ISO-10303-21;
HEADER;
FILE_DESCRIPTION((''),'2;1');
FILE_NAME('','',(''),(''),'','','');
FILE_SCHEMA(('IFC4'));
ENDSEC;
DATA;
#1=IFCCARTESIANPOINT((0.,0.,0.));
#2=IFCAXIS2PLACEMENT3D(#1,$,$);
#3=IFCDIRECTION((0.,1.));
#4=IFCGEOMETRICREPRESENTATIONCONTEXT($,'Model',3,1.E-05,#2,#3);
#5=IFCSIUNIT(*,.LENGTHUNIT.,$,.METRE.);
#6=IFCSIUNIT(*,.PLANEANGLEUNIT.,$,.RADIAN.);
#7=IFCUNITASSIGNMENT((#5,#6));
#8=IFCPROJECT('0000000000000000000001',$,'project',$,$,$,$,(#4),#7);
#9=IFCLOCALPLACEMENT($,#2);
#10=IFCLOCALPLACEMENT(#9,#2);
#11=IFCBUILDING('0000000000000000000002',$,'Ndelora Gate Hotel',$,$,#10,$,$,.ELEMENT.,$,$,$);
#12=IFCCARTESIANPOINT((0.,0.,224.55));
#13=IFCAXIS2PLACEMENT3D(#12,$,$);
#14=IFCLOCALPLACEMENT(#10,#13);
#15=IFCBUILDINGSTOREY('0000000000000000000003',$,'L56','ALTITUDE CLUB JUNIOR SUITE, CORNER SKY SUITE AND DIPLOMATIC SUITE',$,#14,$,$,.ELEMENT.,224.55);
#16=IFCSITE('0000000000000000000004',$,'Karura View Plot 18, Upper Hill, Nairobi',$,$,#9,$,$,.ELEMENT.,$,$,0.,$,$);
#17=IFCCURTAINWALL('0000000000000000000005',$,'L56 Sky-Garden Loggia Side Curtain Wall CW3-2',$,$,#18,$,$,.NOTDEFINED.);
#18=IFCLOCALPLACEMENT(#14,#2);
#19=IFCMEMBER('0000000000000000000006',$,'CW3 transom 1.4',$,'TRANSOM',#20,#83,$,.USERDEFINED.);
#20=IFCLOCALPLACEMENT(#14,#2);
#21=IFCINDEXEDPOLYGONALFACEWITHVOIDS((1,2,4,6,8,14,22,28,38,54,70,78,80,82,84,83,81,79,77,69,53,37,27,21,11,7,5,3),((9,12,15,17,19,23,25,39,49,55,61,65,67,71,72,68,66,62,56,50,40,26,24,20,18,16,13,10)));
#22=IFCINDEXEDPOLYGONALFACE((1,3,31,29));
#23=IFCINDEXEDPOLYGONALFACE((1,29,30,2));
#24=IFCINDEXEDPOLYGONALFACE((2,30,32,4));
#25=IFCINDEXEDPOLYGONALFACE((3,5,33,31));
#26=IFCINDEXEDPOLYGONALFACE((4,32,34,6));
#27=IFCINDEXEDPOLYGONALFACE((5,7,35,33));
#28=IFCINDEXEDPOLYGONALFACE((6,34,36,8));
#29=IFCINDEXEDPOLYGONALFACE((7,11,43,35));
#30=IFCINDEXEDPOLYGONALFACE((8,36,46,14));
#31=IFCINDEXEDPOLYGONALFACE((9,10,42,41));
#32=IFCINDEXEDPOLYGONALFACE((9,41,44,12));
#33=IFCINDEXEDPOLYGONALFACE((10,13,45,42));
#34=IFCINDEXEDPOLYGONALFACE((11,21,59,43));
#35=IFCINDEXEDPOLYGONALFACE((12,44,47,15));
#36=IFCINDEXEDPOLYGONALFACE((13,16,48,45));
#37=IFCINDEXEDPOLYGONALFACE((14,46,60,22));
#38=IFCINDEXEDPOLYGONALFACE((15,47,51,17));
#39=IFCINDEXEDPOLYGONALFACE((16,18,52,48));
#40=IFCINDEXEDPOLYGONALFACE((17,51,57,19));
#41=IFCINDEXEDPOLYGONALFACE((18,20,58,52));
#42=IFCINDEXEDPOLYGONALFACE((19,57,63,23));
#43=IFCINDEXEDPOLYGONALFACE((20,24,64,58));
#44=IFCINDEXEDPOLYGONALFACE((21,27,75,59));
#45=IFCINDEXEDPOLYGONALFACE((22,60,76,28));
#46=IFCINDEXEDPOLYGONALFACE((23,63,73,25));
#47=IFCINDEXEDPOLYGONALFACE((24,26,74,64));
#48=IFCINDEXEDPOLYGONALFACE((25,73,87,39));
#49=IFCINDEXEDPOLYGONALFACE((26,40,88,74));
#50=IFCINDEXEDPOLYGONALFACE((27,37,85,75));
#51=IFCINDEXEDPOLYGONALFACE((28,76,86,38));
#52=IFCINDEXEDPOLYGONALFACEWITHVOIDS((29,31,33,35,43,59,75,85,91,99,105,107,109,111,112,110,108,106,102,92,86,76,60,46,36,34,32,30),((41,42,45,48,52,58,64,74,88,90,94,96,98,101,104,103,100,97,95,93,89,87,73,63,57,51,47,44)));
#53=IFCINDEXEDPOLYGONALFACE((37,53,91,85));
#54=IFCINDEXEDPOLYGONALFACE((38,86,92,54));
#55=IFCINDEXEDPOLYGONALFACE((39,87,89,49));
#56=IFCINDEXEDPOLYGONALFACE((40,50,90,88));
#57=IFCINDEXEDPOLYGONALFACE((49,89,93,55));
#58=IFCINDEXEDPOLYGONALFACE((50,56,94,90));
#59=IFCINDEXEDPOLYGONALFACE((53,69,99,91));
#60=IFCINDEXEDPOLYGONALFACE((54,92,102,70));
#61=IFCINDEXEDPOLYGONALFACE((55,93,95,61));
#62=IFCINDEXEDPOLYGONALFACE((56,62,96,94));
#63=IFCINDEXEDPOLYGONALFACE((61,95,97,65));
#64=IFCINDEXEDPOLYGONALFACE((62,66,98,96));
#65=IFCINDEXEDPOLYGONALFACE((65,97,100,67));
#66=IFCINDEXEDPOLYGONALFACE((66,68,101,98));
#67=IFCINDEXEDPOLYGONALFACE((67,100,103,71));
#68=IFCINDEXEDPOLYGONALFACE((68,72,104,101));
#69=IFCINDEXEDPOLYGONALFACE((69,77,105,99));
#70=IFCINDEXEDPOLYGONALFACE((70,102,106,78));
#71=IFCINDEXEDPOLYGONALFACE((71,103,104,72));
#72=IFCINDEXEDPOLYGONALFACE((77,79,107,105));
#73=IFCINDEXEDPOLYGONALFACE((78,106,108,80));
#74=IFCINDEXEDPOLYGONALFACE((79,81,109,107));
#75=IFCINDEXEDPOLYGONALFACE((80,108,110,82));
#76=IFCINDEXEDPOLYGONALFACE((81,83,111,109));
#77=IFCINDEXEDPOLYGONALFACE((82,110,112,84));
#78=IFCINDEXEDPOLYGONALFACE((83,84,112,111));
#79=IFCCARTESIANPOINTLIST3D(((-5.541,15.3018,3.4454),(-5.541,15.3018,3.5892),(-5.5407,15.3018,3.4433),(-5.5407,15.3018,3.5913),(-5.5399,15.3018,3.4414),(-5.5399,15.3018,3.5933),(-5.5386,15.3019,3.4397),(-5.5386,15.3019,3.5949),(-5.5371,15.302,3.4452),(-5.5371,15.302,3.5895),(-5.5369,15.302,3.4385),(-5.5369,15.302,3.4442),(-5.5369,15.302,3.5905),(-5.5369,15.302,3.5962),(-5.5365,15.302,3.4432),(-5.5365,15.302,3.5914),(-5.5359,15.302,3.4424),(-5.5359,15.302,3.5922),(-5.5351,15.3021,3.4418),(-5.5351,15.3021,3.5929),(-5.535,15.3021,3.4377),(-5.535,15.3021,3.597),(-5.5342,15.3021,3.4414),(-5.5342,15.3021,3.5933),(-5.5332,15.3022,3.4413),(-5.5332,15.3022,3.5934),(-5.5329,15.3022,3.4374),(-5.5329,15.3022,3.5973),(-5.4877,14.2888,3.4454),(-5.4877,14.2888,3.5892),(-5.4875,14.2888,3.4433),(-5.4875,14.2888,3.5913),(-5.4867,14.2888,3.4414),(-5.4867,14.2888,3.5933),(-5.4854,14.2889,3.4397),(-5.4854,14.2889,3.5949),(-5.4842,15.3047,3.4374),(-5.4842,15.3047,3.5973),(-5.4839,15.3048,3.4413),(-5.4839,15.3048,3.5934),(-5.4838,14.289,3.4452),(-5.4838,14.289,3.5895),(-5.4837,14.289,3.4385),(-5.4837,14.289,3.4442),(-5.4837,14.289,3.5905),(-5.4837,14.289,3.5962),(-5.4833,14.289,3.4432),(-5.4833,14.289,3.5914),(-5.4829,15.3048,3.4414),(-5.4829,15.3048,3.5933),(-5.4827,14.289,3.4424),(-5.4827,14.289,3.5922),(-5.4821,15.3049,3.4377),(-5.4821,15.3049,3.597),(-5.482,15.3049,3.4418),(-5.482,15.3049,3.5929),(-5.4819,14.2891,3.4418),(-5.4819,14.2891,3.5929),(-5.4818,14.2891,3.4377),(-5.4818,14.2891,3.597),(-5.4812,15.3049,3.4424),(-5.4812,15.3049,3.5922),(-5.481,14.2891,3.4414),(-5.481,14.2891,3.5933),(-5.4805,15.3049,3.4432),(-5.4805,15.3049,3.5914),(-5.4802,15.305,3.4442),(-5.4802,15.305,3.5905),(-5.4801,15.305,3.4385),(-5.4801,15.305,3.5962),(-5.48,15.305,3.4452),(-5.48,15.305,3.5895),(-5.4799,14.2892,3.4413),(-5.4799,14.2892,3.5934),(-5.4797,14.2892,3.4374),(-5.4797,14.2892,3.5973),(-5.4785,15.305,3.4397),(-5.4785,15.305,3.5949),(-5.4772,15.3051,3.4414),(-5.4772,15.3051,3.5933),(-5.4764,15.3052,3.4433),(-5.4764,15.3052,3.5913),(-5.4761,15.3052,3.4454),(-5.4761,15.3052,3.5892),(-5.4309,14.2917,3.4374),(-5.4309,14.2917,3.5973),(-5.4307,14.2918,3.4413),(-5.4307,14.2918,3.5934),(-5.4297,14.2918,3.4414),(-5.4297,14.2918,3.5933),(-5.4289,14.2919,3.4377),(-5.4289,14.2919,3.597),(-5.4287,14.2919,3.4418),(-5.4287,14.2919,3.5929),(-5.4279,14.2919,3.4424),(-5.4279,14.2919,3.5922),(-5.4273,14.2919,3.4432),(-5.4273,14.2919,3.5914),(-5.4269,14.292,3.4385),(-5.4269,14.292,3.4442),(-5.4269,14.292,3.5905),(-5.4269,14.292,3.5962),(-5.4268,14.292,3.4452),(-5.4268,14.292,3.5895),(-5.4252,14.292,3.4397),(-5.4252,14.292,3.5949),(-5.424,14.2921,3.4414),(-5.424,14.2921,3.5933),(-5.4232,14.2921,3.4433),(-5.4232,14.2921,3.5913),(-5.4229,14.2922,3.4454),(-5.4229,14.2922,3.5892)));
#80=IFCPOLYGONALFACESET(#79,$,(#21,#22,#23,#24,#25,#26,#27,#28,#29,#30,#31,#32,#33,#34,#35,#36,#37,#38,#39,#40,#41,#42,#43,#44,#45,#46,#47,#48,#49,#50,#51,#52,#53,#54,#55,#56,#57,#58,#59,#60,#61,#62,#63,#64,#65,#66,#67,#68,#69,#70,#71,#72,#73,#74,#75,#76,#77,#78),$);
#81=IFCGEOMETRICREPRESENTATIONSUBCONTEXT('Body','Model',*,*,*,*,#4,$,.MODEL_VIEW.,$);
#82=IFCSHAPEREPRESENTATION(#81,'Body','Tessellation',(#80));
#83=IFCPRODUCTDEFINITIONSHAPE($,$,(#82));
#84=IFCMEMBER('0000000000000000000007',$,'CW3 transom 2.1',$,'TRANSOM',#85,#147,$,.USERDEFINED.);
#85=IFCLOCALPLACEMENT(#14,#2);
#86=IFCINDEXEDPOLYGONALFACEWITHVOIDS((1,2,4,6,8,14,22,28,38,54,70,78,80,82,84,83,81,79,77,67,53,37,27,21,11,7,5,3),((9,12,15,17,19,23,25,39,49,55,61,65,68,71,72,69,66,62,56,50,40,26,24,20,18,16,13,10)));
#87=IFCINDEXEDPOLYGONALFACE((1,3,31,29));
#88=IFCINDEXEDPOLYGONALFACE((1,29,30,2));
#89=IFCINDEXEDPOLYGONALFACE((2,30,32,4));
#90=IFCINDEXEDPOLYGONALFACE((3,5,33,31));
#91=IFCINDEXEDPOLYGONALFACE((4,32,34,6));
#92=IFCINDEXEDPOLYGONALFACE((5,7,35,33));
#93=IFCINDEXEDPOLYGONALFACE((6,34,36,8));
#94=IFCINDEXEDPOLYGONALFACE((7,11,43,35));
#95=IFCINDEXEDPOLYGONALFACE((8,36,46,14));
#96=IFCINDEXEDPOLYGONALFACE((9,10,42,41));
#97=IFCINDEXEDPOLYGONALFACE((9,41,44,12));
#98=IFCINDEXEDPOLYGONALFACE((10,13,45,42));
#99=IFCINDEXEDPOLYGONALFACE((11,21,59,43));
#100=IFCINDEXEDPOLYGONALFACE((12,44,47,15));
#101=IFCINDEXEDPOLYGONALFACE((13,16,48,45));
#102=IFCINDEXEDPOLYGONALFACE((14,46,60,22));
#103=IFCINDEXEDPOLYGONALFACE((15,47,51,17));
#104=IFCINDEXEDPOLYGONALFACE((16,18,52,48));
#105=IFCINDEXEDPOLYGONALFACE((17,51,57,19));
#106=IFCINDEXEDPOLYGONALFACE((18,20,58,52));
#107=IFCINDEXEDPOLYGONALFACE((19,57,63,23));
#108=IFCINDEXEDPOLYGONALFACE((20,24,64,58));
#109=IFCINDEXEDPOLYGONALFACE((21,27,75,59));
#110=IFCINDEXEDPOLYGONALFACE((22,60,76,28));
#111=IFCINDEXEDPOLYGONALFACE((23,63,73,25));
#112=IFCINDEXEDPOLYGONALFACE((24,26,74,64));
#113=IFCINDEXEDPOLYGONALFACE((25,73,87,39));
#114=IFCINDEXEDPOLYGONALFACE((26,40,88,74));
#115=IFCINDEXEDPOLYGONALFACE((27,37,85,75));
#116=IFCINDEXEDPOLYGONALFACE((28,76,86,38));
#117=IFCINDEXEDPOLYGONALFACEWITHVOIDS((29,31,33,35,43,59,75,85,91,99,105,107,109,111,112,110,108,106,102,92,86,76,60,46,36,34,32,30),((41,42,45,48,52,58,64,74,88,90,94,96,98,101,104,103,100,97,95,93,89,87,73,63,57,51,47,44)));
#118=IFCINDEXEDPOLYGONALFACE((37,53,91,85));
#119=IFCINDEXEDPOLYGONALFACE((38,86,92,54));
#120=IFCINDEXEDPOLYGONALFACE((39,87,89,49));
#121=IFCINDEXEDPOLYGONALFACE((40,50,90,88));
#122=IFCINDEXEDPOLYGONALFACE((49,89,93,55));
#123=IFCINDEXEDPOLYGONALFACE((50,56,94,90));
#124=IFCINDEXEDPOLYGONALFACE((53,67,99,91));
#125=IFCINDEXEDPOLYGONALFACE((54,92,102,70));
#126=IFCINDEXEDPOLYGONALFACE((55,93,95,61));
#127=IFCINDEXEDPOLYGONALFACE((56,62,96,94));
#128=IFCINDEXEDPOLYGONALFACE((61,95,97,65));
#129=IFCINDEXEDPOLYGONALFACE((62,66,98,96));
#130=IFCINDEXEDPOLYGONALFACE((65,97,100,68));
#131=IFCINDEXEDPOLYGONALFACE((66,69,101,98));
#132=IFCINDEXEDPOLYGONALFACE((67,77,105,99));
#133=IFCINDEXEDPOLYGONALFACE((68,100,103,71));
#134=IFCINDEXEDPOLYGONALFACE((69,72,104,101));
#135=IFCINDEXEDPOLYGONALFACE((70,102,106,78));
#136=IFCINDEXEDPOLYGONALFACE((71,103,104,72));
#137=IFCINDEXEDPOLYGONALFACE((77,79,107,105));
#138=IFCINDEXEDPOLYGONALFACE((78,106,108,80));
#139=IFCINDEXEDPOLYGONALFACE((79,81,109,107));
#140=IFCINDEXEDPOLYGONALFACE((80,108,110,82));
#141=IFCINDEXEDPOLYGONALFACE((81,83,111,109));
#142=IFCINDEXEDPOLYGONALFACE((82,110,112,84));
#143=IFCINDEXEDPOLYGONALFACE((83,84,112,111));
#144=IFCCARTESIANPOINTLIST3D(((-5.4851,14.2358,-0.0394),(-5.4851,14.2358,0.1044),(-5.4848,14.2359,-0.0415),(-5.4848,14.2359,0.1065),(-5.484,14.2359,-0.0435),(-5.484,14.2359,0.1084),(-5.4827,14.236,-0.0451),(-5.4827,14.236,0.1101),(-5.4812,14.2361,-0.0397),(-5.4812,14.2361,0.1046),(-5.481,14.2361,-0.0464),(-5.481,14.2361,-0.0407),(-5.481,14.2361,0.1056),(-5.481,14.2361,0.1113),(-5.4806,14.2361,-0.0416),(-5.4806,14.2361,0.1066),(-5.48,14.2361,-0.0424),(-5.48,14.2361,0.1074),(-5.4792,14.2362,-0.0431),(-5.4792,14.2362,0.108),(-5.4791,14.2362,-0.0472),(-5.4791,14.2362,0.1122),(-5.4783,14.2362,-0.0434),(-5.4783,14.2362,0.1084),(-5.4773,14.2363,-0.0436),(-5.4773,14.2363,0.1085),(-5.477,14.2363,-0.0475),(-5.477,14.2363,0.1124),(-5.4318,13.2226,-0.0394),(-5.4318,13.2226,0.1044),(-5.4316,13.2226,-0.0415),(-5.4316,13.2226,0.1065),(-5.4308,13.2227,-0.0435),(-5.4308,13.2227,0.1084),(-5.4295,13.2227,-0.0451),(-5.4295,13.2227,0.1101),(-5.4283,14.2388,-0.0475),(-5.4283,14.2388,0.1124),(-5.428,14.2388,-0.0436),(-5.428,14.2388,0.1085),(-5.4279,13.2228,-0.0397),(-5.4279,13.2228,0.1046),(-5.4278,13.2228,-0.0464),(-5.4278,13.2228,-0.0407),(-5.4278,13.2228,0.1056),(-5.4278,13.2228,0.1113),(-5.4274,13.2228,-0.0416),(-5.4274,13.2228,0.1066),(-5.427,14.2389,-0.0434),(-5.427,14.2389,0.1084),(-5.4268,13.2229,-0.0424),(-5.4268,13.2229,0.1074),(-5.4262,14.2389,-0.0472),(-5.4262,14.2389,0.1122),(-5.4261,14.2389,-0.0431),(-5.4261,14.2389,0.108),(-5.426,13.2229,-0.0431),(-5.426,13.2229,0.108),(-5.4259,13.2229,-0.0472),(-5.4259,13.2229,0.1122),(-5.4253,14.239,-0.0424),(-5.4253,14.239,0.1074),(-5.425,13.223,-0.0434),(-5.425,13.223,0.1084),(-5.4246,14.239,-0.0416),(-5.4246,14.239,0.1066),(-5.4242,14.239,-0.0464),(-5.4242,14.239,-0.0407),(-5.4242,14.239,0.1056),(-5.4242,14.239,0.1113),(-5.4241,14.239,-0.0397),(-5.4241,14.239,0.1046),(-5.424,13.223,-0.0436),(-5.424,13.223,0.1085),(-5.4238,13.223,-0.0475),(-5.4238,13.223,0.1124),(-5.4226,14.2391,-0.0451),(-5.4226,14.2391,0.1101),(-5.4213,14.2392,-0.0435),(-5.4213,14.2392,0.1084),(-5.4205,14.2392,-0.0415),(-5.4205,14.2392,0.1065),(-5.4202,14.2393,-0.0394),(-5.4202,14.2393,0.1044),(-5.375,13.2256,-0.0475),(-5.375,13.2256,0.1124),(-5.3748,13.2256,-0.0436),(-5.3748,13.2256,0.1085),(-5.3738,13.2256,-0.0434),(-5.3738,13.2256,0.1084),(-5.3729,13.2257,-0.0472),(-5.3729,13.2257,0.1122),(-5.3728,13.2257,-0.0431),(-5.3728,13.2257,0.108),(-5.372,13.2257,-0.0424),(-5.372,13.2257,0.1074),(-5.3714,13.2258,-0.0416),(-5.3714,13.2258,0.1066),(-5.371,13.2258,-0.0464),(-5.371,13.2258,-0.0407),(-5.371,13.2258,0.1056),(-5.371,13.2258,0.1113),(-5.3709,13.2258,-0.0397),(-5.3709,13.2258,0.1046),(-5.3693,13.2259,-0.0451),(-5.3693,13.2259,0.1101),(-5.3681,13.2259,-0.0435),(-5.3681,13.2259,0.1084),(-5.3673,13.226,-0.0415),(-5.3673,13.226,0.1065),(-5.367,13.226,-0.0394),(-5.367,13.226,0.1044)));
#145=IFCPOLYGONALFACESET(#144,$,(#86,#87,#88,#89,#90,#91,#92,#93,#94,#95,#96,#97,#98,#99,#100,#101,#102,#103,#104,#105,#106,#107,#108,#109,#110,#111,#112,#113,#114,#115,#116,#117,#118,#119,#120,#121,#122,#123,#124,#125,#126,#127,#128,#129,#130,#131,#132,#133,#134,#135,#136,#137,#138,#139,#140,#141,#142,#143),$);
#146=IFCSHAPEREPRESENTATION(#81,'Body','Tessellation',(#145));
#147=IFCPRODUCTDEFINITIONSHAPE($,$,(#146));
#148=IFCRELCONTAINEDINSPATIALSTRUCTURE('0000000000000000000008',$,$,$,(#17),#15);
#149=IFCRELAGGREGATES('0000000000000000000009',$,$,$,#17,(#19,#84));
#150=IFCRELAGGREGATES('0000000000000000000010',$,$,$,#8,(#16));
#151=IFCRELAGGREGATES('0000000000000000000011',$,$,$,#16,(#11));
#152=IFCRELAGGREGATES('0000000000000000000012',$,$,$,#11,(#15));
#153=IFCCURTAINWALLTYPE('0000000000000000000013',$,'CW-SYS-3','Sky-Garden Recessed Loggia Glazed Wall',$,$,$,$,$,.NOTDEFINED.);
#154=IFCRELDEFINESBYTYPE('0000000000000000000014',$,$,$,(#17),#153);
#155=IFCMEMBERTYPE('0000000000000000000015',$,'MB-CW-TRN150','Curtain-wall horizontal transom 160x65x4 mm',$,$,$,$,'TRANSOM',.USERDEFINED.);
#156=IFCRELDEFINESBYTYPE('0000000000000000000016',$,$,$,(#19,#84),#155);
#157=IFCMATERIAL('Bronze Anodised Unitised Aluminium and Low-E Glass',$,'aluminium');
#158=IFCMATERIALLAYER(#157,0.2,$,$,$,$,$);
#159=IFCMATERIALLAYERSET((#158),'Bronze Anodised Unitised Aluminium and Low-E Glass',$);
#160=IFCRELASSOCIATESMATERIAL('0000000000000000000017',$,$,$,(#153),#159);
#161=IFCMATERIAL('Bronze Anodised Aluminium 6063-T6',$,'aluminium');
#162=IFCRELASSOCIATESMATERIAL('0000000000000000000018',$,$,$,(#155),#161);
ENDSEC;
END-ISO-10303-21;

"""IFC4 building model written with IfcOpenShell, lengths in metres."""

from ifc_helpers import new_model, si_unit, direction, frame, origin, origin_2d, place, context, subcontext, project, spatial, hollow_rectangle, extrude, material, layer, layer_set, material_profile, profile_set, type_object, element, aggregate, save


model = new_model("IFC4")

# Units and contexts
model_context = context("Model", 3, precision=1e-05, world=origin(), true_north=direction((0.0, 1.0)))
body_context = subcontext(model_context, "Body", "Model", "MODEL_VIEW")
ifc_project = project(units=[si_unit("LENGTHUNIT", "METRE"), si_unit("PLANEANGLEUNIT", "RADIAN")], contexts=[model_context])

# Site, building, storey
site_placement = place(None, origin())
site = spatial("IfcSite", under=ifc_project, at=site_placement, Name="Karura View Plot 18, Upper Hill, Nairobi", CompositionType="ELEMENT", RefElevation=0.0)
building_placement = place(site_placement, origin())
building = spatial("IfcBuilding", under=site, at=building_placement, Name="Ndelora Gate Hotel", CompositionType="ELEMENT")
storey_placement = place(building_placement, frame((0.0, 0.0, 224.55)))
storey = spatial("IfcBuildingStorey", under=building, at=storey_placement, Name="L56", Description="ALTITUDE CLUB JUNIOR SUITE, CORNER SKY SUITE AND DIPLOMATIC SUITE", CompositionType="ELEMENT", Elevation=224.55)

# Curtain wall, members
ifc_material_1 = material(Name="Bronze Anodised Unitised Aluminium and Low-E Glass", Category="aluminium")
ifc_layer_1 = layer(ifc_material_1, 0.2)
ifc_layer_set_1 = layer_set([ifc_layer_1], Name="Bronze Anodised Unitised Aluminium and Low-E Glass")
curtain_wall_type = type_object("IfcCurtainWallType", Name="CW-SYS-3", Description="Sky-Garden Recessed Loggia Glazed Wall", PredefinedType="NOTDEFINED", material=ifc_layer_set_1)
curtain_wall_placement = place(storey_placement, origin())
curtain_wall = element("IfcCurtainWall", 1, at=curtain_wall_placement, inside=storey, type_object=curtain_wall_type, Name="L56 Sky-Garden Loggia Side Curtain Wall CW3-2", PredefinedType="NOTDEFINED")
ifc_material_2 = material(Name="Bronze Anodised Aluminium 6063-T6", Category="aluminium")
ifc_material_profile_1 = material_profile(ifc_material_2, hollow_rectangle(XDim=0.0649, YDim=0.1599, WallThickness=0.0039, InnerFilletRadius=0.0039, OuterFilletRadius=0.0081, at=origin_2d()), Name="ALU 160x65x4")
ifc_profile_set_1 = profile_set([ifc_material_profile_1], Name="Bronze Anodised Aluminium 6063-T6")
member_type_1 = type_object("IfcMemberType", Name="MB-CW-TRN150", Description="Curtain-wall horizontal transom 160x65x4 mm", ElementType="TRANSOM", PredefinedType="USERDEFINED", material=ifc_profile_set_1)
member_1_placement = place(storey_placement, frame((-5.5085, 15.3035, 3.5173), z_axis=(0.05247, -0.998622, 0.0), x_axis=(0.998622, 0.05247, 0.0)))
member_1 = element("IfcMember", 2, at=member_1_placement, type_object=member_type_1, Name="CW3 transom 1.4", ObjectType="TRANSOM", PredefinedType="USERDEFINED", context=body_context, shape_type="SweptSolid", body=[
    extrude(hollow_rectangle(XDim=0.0649, YDim=0.1599, WallThickness=0.0039, InnerFilletRadius=0.0039, OuterFilletRadius=0.0081, at=origin_2d()), origin(), (0.0, 0.0, 1.0), 1.0144),
])
member_2_placement = place(storey_placement, frame((-5.4526, 14.2375, 0.0325), z_axis=(0.052458, -0.998623, 0.0), x_axis=(0.998623, 0.052458, 0.0)))
member_2 = element("IfcMember", 3, at=member_2_placement, type_object=member_type_1, Name="CW3 transom 2.1", ObjectType="TRANSOM", PredefinedType="USERDEFINED", context=body_context, shape_type="SweptSolid", body=[
    extrude(hollow_rectangle(XDim=0.0649, YDim=0.1599, WallThickness=0.0039, InnerFilletRadius=0.0039, OuterFilletRadius=0.0081, at=origin_2d()), origin(), (0.0, 0.0, 1.0), 1.0146),
])
aggregate(curtain_wall, [member_1, member_2])

save(model, "model.ifc")
